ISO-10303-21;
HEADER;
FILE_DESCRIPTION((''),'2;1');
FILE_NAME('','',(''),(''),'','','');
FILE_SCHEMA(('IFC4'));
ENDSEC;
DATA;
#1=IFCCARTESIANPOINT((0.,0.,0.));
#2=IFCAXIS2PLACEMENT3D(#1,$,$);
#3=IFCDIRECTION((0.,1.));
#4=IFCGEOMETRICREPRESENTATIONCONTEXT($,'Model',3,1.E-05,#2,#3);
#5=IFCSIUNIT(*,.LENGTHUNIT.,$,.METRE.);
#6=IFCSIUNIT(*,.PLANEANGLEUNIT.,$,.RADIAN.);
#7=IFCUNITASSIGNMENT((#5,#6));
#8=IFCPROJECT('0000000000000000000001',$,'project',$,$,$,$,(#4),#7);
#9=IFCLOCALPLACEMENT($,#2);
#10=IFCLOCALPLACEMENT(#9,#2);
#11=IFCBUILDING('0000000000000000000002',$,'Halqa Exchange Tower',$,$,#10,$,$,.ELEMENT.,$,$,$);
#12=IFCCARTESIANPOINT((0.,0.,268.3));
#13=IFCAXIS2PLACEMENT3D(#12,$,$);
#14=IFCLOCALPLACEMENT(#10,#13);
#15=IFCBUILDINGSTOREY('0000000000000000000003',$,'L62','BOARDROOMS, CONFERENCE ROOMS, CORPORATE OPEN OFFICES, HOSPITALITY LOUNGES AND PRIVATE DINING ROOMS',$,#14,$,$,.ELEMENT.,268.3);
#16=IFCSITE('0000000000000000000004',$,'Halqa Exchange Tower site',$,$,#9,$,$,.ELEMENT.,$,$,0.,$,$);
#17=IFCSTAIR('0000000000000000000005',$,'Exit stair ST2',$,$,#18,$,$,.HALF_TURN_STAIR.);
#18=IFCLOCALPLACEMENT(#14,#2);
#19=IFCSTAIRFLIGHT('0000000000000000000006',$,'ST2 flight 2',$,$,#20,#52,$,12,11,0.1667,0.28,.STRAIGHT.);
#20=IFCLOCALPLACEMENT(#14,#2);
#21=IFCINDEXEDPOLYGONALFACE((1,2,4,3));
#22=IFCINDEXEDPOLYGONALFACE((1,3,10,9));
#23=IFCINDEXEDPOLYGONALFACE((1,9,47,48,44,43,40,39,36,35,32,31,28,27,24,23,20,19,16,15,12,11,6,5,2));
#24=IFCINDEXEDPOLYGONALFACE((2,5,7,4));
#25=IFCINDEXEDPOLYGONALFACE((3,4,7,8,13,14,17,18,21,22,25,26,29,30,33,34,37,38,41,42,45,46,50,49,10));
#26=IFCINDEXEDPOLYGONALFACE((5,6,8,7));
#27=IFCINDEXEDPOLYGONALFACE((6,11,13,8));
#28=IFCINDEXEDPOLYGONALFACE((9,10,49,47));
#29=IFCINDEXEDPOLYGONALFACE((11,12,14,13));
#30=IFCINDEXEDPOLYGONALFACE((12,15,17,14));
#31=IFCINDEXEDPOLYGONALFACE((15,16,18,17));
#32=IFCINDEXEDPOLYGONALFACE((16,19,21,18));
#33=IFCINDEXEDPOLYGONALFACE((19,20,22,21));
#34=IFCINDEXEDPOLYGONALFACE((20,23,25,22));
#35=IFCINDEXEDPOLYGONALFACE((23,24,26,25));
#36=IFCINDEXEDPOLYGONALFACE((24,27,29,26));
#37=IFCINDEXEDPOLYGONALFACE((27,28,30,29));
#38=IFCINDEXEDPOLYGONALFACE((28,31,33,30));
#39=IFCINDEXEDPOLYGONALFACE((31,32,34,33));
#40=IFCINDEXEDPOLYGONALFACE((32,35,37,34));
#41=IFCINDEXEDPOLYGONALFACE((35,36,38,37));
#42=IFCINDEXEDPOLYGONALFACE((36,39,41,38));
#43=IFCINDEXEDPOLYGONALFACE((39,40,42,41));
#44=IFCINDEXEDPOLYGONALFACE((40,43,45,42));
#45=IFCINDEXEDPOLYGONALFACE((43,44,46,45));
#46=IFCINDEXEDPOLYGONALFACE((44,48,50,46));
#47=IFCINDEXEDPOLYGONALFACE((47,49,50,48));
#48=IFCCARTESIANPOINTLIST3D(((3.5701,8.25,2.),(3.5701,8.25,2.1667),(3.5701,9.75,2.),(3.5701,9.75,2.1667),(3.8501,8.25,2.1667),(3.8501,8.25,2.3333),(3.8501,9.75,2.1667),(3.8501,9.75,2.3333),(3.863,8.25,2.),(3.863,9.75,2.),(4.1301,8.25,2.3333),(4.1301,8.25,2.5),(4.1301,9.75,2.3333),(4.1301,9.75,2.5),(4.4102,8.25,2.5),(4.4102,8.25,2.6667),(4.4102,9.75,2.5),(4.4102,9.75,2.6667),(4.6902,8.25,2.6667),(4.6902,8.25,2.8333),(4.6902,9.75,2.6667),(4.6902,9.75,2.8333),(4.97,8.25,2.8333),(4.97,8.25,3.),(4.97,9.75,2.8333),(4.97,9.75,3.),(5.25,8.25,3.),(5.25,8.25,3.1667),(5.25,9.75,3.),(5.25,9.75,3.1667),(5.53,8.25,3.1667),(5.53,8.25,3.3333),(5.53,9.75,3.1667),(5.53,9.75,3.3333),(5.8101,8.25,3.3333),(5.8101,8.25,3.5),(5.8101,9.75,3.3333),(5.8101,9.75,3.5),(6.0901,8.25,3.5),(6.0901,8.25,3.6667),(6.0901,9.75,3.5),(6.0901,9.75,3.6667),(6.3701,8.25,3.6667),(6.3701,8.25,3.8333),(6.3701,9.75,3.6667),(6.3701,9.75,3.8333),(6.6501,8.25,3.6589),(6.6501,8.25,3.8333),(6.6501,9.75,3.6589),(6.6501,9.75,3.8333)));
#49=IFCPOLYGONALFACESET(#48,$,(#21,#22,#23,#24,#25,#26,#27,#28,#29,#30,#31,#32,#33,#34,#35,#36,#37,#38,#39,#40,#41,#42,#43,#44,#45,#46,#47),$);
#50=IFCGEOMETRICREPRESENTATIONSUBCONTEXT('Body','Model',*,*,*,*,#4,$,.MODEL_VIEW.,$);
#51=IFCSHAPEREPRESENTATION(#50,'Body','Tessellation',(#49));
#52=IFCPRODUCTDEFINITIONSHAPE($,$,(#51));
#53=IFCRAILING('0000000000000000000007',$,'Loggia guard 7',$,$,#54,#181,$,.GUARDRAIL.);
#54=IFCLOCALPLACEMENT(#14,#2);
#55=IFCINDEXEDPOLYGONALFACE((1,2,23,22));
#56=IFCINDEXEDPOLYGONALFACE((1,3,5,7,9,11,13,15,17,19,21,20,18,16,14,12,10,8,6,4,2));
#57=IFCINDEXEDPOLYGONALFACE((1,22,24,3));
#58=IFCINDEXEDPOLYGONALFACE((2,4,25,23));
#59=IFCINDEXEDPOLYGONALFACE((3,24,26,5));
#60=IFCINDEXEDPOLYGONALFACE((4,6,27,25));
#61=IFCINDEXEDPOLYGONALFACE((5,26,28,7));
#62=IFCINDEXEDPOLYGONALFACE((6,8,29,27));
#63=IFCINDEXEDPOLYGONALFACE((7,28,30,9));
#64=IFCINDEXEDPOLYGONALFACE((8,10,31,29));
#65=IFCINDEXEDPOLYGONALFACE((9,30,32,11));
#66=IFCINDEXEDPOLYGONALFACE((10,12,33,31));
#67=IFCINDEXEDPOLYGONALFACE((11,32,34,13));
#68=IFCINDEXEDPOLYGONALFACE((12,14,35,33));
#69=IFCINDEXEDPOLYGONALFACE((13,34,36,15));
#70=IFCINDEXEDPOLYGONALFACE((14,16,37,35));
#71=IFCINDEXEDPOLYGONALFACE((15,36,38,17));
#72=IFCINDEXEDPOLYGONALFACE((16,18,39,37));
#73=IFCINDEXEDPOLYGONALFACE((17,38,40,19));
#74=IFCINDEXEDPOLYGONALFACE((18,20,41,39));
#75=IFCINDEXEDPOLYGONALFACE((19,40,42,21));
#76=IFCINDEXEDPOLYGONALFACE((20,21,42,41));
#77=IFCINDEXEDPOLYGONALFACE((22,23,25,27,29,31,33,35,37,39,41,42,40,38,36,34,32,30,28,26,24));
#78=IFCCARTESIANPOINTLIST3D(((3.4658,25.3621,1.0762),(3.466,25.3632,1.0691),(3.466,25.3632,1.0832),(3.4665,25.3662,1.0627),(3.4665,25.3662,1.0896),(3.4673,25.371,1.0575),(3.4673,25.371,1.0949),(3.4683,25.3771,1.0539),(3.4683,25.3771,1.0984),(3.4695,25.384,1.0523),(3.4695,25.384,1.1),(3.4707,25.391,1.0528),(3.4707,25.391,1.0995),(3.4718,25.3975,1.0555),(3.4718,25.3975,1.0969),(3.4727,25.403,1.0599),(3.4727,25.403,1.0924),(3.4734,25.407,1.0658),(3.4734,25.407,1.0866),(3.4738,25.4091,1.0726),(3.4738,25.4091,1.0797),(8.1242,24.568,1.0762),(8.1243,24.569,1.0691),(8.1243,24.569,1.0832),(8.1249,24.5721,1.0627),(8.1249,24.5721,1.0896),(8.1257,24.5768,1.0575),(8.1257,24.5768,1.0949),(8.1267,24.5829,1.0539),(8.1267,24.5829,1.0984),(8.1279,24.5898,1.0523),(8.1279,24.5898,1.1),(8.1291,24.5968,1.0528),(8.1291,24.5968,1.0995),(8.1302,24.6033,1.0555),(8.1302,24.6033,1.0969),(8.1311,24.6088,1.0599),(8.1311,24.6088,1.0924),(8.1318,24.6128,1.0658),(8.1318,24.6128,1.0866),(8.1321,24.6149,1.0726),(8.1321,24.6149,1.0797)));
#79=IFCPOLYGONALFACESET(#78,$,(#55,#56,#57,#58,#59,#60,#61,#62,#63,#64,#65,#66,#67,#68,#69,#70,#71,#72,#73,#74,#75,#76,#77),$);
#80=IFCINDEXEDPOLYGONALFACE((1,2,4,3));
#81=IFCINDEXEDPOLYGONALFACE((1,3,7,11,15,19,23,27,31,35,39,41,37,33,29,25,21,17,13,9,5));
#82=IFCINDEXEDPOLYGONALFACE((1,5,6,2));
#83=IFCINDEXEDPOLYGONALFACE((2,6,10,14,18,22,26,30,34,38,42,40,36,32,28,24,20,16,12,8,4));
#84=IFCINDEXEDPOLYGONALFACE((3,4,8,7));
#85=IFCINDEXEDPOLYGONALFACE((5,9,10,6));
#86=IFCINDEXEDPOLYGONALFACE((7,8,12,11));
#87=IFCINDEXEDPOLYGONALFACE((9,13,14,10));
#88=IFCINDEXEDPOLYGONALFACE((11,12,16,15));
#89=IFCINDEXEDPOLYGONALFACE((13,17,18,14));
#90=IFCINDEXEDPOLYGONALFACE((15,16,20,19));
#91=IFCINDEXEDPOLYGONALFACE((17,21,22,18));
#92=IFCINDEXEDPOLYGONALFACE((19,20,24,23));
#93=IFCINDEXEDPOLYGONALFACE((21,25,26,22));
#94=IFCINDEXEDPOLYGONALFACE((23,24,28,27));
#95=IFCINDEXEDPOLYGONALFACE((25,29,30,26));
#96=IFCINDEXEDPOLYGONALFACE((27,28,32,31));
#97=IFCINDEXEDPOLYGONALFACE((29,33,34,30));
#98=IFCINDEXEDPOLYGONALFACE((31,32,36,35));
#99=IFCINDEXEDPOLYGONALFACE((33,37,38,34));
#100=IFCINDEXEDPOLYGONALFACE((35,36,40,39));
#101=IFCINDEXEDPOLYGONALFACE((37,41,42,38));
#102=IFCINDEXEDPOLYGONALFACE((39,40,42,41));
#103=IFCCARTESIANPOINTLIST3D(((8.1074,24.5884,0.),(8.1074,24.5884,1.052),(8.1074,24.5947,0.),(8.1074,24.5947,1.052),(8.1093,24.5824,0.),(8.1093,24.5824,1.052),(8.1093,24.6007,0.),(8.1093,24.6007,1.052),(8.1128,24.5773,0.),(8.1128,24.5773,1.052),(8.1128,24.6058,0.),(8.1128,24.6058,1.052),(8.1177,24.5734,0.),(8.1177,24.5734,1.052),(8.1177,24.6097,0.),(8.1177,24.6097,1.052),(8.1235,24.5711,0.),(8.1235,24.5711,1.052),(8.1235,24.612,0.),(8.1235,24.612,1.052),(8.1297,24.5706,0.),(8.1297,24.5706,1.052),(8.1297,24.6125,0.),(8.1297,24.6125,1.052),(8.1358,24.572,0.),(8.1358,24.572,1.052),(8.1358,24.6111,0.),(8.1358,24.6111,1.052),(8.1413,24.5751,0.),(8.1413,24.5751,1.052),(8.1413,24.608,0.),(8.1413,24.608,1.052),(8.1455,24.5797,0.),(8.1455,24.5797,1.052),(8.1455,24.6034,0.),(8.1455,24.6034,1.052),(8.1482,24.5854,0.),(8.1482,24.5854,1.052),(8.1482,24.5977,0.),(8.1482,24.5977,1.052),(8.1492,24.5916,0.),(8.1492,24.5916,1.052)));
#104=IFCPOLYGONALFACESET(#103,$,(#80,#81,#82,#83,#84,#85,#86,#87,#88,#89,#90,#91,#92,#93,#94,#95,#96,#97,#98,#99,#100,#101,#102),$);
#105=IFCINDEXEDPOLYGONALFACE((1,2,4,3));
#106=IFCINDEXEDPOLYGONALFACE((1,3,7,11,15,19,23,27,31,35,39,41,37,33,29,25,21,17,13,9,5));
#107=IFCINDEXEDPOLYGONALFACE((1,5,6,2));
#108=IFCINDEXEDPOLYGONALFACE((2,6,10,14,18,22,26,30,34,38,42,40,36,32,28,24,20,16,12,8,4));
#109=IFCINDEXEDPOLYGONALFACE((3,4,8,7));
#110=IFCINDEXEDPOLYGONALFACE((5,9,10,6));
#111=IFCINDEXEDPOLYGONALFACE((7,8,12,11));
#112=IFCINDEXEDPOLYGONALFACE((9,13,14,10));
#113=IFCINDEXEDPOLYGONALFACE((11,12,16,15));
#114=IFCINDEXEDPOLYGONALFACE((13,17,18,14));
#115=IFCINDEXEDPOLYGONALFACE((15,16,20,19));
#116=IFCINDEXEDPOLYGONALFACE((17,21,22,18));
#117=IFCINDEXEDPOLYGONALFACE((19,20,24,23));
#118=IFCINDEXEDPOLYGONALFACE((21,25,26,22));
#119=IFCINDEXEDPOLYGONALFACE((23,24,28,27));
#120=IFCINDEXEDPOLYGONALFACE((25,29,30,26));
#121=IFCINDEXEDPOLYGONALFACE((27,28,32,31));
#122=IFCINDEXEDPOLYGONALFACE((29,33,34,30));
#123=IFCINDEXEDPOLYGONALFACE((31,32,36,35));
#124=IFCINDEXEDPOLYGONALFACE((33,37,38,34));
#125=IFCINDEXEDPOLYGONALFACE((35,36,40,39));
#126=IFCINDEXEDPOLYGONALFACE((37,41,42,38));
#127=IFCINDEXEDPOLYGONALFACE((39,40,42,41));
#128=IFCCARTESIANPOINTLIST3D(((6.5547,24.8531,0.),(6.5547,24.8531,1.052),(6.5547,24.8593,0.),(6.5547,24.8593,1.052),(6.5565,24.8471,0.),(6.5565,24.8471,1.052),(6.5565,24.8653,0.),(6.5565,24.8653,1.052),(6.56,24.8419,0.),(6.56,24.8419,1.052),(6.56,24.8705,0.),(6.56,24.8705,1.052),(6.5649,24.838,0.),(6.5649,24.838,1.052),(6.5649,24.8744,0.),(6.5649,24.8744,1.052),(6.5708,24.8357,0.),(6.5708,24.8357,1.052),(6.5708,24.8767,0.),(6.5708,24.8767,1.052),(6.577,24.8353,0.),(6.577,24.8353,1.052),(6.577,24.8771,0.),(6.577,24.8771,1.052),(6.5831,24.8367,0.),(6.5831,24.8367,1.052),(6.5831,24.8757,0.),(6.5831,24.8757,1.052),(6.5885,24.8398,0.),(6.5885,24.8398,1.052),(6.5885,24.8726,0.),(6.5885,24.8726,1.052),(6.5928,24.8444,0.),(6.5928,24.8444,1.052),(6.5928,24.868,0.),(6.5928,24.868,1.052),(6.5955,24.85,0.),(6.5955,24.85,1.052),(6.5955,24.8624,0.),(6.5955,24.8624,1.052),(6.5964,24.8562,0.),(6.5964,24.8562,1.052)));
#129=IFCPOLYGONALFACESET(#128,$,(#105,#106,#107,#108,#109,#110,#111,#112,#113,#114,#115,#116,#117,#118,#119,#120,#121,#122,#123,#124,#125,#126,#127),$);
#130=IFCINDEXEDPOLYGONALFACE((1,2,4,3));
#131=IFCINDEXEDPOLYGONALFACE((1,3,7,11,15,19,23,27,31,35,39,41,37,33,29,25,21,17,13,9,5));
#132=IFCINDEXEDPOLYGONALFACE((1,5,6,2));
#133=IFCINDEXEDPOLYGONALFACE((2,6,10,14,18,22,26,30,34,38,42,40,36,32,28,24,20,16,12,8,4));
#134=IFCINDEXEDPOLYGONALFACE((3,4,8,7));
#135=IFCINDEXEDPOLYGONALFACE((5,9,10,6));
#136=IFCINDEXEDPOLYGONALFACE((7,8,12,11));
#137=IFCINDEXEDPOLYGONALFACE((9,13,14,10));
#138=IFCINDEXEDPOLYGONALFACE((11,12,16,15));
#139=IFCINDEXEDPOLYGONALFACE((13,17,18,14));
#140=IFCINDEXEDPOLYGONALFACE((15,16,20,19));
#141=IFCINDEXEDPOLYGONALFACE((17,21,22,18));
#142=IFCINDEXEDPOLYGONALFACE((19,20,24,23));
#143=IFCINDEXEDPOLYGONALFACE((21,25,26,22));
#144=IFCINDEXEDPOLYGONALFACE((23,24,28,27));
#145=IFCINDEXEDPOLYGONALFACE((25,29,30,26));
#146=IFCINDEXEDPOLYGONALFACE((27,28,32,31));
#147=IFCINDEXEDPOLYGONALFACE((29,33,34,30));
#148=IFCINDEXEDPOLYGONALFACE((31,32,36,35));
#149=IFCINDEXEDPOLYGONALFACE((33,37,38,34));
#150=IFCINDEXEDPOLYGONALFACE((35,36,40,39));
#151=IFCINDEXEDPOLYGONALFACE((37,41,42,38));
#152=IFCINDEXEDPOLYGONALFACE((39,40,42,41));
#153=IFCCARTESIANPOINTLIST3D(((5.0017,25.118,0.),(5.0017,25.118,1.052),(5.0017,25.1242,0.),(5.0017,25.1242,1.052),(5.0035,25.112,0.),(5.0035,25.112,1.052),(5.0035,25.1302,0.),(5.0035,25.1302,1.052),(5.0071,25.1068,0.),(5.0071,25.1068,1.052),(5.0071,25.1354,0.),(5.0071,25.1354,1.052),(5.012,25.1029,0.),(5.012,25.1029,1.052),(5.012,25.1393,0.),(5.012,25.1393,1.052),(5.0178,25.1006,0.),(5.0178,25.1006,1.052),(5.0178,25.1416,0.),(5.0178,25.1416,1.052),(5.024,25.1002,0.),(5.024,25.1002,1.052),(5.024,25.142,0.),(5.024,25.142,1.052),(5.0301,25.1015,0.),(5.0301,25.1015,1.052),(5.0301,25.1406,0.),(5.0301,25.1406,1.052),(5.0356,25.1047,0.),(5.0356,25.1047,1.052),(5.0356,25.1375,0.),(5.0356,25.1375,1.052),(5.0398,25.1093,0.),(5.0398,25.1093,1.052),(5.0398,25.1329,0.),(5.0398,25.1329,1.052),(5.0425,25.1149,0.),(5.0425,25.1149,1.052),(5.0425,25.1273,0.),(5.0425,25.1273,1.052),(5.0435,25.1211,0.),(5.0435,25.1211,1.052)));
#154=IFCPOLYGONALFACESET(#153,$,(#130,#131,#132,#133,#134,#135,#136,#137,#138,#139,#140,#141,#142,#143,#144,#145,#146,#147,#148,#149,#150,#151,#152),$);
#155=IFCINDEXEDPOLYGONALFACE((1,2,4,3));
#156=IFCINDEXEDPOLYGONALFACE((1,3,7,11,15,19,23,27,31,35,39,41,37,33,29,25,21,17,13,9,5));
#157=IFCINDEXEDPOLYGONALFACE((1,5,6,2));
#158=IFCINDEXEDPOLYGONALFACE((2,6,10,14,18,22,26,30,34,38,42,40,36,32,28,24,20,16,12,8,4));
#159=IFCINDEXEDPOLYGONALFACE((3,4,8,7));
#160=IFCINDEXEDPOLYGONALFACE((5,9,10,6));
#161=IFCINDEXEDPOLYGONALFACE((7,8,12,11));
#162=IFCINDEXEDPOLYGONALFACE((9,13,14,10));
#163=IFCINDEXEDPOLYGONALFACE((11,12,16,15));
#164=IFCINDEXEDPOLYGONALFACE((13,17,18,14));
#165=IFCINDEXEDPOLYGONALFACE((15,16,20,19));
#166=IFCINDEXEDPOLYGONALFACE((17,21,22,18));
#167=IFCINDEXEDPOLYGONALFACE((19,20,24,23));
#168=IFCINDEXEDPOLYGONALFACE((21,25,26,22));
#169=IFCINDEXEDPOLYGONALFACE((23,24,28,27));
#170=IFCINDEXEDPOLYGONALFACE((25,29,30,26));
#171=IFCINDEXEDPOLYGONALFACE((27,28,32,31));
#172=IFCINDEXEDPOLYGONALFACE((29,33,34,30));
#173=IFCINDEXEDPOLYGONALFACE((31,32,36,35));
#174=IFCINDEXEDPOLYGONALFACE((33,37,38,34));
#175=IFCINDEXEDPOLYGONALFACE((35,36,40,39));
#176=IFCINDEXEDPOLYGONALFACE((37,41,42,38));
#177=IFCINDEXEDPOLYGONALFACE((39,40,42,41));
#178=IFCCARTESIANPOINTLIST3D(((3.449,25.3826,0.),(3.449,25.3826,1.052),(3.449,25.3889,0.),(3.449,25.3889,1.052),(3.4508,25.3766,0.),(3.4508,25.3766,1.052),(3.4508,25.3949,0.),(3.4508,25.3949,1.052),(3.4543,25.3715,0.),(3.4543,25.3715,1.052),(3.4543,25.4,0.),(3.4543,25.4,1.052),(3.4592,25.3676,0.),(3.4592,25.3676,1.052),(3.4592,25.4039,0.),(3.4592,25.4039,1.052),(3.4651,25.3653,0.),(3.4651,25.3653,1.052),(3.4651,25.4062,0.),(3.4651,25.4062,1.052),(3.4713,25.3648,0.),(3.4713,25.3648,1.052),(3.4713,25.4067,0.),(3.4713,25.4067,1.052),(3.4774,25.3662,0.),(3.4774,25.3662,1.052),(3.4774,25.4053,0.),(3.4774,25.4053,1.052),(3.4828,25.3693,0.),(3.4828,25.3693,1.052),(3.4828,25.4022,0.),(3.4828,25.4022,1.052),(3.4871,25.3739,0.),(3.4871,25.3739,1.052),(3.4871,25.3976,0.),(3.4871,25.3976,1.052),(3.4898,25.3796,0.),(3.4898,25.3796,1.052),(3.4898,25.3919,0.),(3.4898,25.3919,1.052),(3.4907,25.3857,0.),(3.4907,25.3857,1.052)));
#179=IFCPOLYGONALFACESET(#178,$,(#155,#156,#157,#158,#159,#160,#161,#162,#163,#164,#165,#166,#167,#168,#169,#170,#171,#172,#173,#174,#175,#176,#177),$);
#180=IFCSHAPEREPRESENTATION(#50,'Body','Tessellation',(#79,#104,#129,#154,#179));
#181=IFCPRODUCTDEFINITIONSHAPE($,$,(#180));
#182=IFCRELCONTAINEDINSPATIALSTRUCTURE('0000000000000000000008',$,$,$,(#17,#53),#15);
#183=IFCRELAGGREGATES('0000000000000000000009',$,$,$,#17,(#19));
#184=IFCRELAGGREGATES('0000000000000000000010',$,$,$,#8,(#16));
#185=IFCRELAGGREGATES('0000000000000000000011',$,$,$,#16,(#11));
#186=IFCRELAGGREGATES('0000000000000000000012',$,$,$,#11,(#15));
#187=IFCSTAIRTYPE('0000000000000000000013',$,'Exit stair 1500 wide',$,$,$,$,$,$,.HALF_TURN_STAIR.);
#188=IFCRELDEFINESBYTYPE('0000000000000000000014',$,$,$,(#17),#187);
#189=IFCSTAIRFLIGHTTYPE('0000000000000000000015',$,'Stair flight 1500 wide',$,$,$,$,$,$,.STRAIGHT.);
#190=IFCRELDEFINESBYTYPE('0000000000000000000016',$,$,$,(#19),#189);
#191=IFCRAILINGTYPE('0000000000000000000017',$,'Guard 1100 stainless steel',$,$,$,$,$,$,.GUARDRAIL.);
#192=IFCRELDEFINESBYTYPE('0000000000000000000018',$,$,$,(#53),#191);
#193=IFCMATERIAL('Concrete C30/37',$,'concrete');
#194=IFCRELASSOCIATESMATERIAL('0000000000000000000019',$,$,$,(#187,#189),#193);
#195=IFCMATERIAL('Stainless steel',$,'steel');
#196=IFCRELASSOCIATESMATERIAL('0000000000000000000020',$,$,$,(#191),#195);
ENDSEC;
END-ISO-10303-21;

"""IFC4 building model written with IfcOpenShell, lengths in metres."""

from ifc_helpers import new_model, si_unit, direction, frame, origin, origin_2d, place, context, subcontext, project, spatial, polyline, circle, outline, extrude, material, type_object, element, aggregate, save


model = new_model("IFC4")

# Units and contexts
model_context = context("Model", 3, precision=1e-05, world=origin(), true_north=direction((0.0, 1.0)))
body_context = subcontext(model_context, "Body", "Model", "MODEL_VIEW")
ifc_project = project(units=[si_unit("LENGTHUNIT", "METRE"), si_unit("PLANEANGLEUNIT", "RADIAN")], contexts=[model_context])

# Site, building, storey
site_placement = place(None, origin())
site = spatial("IfcSite", under=ifc_project, at=site_placement, Name="Halqa Exchange Tower site", CompositionType="ELEMENT", RefElevation=0.0)
building_placement = place(site_placement, origin())
building = spatial("IfcBuilding", under=site, at=building_placement, Name="Halqa Exchange Tower", CompositionType="ELEMENT")
storey_placement = place(building_placement, frame((0.0, 0.0, 268.3)))
storey = spatial("IfcBuildingStorey", under=building, at=storey_placement, Name="L62", Description="BOARDROOMS, CONFERENCE ROOMS, CORPORATE OPEN OFFICES, HOSPITALITY LOUNGES AND PRIVATE DINING ROOMS", CompositionType="ELEMENT", Elevation=268.3)

# Stair
ifc_material_1 = material(Name="Concrete C30/37", Category="concrete")
stair_type = type_object("IfcStairType", Name="Exit stair 1500 wide", PredefinedType="HALF_TURN_STAIR", material=ifc_material_1)
stair_1_placement = place(storey_placement, origin())
stair_1 = element("IfcStair", 1, at=stair_1_placement, inside=storey, type_object=stair_type, Name="Exit stair ST2", PredefinedType="HALF_TURN_STAIR")

# Stair flight
stair_flight_type = type_object("IfcStairFlightType", Name="Stair flight 1500 wide", PredefinedType="STRAIGHT", material=ifc_material_1)
stair_flight_1_placement = place(storey_placement, frame((3.5701, 9.0, 2.0), z_axis=(0.0, 0.0, 1.0), x_axis=(1.0, 0.0, 0.0)))
stair_flight_1 = element("IfcStairFlight", 2, at=stair_flight_1_placement, type_object=stair_flight_type, Name="ST2 flight 2", NumberOfRisers=12, NumberOfTreads=11, PredefinedType="STRAIGHT", RiserHeight=0.1667, TreadLength=0.28, context=body_context, shape_type="SweptSolid", body=[
    extrude(outline(polyline([(0.0, 0.0), (0.0, 0.1667), (0.28, 0.1667), (0.28, 0.3333), (0.5601, 0.3333), (0.5601, 0.5), (0.8401, 0.5), (0.8401, 0.6667), (1.1201, 0.6667), (1.1201, 0.8333), (1.3999, 0.8333), (1.3999, 1.0), (1.6799, 1.0), (1.6799, 1.1667), (1.96, 1.1667), (1.96, 1.3333), (2.24, 1.3333), (2.24, 1.5), (2.52, 1.5), (2.52, 1.6667), (2.8, 1.6667), (2.8, 1.8333), (3.0801, 1.8333), (3.0801, 2.0), (3.0801, 1.6589), (0.293, 0.0), (0.0, 0.0)])), frame((0.0, 0.75, 0.0), z_axis=(0.0, -1.0, 0.0), x_axis=(1.0, 0.0, 0.0)), (0.0, 0.0, 1.0), 1.5),
])
aggregate(stair_1, [stair_flight_1])

# Railing
ifc_material_2 = material(Name="Stainless steel", Category="steel")
railing_type_1 = type_object("IfcRailingType", Name="Guard 1100 stainless steel", PredefinedType="GUARDRAIL", material=ifc_material_2)
railing_1_placement = place(storey_placement, frame((8.1282, 24.5916, 0.0)))
element("IfcRailing", 3, at=railing_1_placement, inside=storey, type_object=railing_type_1, Name="Loggia guard 7", PredefinedType="GUARDRAIL", context=body_context, shape_type="SweptSolid", body=[
    extrude(circle(Radius=0.0239, at=origin_2d()), frame((0.0, 0.0, 1.0762), z_axis=(-0.985777, 0.168059, 0.0), x_axis=(-0.168059, -0.985777, 0.0)), (0.0, 0.0, 1.0), 4.7256),
    extrude(circle(Radius=0.021, at=origin_2d()), origin(), (0.0, 0.0, 1.0), 1.052),
    extrude(circle(Radius=0.021, at=origin_2d()), frame((-1.5527, 0.2646, 0.0)), (0.0, 0.0, 1.0), 1.052),
    extrude(circle(Radius=0.021, at=origin_2d()), frame((-3.1057, 0.5295, 0.0)), (0.0, 0.0, 1.0), 1.052),
    extrude(circle(Radius=0.021, at=origin_2d()), frame((-4.6584, 0.7942, 0.0)), (0.0, 0.0, 1.0), 1.052),
])

save(model, "model.ifc")
